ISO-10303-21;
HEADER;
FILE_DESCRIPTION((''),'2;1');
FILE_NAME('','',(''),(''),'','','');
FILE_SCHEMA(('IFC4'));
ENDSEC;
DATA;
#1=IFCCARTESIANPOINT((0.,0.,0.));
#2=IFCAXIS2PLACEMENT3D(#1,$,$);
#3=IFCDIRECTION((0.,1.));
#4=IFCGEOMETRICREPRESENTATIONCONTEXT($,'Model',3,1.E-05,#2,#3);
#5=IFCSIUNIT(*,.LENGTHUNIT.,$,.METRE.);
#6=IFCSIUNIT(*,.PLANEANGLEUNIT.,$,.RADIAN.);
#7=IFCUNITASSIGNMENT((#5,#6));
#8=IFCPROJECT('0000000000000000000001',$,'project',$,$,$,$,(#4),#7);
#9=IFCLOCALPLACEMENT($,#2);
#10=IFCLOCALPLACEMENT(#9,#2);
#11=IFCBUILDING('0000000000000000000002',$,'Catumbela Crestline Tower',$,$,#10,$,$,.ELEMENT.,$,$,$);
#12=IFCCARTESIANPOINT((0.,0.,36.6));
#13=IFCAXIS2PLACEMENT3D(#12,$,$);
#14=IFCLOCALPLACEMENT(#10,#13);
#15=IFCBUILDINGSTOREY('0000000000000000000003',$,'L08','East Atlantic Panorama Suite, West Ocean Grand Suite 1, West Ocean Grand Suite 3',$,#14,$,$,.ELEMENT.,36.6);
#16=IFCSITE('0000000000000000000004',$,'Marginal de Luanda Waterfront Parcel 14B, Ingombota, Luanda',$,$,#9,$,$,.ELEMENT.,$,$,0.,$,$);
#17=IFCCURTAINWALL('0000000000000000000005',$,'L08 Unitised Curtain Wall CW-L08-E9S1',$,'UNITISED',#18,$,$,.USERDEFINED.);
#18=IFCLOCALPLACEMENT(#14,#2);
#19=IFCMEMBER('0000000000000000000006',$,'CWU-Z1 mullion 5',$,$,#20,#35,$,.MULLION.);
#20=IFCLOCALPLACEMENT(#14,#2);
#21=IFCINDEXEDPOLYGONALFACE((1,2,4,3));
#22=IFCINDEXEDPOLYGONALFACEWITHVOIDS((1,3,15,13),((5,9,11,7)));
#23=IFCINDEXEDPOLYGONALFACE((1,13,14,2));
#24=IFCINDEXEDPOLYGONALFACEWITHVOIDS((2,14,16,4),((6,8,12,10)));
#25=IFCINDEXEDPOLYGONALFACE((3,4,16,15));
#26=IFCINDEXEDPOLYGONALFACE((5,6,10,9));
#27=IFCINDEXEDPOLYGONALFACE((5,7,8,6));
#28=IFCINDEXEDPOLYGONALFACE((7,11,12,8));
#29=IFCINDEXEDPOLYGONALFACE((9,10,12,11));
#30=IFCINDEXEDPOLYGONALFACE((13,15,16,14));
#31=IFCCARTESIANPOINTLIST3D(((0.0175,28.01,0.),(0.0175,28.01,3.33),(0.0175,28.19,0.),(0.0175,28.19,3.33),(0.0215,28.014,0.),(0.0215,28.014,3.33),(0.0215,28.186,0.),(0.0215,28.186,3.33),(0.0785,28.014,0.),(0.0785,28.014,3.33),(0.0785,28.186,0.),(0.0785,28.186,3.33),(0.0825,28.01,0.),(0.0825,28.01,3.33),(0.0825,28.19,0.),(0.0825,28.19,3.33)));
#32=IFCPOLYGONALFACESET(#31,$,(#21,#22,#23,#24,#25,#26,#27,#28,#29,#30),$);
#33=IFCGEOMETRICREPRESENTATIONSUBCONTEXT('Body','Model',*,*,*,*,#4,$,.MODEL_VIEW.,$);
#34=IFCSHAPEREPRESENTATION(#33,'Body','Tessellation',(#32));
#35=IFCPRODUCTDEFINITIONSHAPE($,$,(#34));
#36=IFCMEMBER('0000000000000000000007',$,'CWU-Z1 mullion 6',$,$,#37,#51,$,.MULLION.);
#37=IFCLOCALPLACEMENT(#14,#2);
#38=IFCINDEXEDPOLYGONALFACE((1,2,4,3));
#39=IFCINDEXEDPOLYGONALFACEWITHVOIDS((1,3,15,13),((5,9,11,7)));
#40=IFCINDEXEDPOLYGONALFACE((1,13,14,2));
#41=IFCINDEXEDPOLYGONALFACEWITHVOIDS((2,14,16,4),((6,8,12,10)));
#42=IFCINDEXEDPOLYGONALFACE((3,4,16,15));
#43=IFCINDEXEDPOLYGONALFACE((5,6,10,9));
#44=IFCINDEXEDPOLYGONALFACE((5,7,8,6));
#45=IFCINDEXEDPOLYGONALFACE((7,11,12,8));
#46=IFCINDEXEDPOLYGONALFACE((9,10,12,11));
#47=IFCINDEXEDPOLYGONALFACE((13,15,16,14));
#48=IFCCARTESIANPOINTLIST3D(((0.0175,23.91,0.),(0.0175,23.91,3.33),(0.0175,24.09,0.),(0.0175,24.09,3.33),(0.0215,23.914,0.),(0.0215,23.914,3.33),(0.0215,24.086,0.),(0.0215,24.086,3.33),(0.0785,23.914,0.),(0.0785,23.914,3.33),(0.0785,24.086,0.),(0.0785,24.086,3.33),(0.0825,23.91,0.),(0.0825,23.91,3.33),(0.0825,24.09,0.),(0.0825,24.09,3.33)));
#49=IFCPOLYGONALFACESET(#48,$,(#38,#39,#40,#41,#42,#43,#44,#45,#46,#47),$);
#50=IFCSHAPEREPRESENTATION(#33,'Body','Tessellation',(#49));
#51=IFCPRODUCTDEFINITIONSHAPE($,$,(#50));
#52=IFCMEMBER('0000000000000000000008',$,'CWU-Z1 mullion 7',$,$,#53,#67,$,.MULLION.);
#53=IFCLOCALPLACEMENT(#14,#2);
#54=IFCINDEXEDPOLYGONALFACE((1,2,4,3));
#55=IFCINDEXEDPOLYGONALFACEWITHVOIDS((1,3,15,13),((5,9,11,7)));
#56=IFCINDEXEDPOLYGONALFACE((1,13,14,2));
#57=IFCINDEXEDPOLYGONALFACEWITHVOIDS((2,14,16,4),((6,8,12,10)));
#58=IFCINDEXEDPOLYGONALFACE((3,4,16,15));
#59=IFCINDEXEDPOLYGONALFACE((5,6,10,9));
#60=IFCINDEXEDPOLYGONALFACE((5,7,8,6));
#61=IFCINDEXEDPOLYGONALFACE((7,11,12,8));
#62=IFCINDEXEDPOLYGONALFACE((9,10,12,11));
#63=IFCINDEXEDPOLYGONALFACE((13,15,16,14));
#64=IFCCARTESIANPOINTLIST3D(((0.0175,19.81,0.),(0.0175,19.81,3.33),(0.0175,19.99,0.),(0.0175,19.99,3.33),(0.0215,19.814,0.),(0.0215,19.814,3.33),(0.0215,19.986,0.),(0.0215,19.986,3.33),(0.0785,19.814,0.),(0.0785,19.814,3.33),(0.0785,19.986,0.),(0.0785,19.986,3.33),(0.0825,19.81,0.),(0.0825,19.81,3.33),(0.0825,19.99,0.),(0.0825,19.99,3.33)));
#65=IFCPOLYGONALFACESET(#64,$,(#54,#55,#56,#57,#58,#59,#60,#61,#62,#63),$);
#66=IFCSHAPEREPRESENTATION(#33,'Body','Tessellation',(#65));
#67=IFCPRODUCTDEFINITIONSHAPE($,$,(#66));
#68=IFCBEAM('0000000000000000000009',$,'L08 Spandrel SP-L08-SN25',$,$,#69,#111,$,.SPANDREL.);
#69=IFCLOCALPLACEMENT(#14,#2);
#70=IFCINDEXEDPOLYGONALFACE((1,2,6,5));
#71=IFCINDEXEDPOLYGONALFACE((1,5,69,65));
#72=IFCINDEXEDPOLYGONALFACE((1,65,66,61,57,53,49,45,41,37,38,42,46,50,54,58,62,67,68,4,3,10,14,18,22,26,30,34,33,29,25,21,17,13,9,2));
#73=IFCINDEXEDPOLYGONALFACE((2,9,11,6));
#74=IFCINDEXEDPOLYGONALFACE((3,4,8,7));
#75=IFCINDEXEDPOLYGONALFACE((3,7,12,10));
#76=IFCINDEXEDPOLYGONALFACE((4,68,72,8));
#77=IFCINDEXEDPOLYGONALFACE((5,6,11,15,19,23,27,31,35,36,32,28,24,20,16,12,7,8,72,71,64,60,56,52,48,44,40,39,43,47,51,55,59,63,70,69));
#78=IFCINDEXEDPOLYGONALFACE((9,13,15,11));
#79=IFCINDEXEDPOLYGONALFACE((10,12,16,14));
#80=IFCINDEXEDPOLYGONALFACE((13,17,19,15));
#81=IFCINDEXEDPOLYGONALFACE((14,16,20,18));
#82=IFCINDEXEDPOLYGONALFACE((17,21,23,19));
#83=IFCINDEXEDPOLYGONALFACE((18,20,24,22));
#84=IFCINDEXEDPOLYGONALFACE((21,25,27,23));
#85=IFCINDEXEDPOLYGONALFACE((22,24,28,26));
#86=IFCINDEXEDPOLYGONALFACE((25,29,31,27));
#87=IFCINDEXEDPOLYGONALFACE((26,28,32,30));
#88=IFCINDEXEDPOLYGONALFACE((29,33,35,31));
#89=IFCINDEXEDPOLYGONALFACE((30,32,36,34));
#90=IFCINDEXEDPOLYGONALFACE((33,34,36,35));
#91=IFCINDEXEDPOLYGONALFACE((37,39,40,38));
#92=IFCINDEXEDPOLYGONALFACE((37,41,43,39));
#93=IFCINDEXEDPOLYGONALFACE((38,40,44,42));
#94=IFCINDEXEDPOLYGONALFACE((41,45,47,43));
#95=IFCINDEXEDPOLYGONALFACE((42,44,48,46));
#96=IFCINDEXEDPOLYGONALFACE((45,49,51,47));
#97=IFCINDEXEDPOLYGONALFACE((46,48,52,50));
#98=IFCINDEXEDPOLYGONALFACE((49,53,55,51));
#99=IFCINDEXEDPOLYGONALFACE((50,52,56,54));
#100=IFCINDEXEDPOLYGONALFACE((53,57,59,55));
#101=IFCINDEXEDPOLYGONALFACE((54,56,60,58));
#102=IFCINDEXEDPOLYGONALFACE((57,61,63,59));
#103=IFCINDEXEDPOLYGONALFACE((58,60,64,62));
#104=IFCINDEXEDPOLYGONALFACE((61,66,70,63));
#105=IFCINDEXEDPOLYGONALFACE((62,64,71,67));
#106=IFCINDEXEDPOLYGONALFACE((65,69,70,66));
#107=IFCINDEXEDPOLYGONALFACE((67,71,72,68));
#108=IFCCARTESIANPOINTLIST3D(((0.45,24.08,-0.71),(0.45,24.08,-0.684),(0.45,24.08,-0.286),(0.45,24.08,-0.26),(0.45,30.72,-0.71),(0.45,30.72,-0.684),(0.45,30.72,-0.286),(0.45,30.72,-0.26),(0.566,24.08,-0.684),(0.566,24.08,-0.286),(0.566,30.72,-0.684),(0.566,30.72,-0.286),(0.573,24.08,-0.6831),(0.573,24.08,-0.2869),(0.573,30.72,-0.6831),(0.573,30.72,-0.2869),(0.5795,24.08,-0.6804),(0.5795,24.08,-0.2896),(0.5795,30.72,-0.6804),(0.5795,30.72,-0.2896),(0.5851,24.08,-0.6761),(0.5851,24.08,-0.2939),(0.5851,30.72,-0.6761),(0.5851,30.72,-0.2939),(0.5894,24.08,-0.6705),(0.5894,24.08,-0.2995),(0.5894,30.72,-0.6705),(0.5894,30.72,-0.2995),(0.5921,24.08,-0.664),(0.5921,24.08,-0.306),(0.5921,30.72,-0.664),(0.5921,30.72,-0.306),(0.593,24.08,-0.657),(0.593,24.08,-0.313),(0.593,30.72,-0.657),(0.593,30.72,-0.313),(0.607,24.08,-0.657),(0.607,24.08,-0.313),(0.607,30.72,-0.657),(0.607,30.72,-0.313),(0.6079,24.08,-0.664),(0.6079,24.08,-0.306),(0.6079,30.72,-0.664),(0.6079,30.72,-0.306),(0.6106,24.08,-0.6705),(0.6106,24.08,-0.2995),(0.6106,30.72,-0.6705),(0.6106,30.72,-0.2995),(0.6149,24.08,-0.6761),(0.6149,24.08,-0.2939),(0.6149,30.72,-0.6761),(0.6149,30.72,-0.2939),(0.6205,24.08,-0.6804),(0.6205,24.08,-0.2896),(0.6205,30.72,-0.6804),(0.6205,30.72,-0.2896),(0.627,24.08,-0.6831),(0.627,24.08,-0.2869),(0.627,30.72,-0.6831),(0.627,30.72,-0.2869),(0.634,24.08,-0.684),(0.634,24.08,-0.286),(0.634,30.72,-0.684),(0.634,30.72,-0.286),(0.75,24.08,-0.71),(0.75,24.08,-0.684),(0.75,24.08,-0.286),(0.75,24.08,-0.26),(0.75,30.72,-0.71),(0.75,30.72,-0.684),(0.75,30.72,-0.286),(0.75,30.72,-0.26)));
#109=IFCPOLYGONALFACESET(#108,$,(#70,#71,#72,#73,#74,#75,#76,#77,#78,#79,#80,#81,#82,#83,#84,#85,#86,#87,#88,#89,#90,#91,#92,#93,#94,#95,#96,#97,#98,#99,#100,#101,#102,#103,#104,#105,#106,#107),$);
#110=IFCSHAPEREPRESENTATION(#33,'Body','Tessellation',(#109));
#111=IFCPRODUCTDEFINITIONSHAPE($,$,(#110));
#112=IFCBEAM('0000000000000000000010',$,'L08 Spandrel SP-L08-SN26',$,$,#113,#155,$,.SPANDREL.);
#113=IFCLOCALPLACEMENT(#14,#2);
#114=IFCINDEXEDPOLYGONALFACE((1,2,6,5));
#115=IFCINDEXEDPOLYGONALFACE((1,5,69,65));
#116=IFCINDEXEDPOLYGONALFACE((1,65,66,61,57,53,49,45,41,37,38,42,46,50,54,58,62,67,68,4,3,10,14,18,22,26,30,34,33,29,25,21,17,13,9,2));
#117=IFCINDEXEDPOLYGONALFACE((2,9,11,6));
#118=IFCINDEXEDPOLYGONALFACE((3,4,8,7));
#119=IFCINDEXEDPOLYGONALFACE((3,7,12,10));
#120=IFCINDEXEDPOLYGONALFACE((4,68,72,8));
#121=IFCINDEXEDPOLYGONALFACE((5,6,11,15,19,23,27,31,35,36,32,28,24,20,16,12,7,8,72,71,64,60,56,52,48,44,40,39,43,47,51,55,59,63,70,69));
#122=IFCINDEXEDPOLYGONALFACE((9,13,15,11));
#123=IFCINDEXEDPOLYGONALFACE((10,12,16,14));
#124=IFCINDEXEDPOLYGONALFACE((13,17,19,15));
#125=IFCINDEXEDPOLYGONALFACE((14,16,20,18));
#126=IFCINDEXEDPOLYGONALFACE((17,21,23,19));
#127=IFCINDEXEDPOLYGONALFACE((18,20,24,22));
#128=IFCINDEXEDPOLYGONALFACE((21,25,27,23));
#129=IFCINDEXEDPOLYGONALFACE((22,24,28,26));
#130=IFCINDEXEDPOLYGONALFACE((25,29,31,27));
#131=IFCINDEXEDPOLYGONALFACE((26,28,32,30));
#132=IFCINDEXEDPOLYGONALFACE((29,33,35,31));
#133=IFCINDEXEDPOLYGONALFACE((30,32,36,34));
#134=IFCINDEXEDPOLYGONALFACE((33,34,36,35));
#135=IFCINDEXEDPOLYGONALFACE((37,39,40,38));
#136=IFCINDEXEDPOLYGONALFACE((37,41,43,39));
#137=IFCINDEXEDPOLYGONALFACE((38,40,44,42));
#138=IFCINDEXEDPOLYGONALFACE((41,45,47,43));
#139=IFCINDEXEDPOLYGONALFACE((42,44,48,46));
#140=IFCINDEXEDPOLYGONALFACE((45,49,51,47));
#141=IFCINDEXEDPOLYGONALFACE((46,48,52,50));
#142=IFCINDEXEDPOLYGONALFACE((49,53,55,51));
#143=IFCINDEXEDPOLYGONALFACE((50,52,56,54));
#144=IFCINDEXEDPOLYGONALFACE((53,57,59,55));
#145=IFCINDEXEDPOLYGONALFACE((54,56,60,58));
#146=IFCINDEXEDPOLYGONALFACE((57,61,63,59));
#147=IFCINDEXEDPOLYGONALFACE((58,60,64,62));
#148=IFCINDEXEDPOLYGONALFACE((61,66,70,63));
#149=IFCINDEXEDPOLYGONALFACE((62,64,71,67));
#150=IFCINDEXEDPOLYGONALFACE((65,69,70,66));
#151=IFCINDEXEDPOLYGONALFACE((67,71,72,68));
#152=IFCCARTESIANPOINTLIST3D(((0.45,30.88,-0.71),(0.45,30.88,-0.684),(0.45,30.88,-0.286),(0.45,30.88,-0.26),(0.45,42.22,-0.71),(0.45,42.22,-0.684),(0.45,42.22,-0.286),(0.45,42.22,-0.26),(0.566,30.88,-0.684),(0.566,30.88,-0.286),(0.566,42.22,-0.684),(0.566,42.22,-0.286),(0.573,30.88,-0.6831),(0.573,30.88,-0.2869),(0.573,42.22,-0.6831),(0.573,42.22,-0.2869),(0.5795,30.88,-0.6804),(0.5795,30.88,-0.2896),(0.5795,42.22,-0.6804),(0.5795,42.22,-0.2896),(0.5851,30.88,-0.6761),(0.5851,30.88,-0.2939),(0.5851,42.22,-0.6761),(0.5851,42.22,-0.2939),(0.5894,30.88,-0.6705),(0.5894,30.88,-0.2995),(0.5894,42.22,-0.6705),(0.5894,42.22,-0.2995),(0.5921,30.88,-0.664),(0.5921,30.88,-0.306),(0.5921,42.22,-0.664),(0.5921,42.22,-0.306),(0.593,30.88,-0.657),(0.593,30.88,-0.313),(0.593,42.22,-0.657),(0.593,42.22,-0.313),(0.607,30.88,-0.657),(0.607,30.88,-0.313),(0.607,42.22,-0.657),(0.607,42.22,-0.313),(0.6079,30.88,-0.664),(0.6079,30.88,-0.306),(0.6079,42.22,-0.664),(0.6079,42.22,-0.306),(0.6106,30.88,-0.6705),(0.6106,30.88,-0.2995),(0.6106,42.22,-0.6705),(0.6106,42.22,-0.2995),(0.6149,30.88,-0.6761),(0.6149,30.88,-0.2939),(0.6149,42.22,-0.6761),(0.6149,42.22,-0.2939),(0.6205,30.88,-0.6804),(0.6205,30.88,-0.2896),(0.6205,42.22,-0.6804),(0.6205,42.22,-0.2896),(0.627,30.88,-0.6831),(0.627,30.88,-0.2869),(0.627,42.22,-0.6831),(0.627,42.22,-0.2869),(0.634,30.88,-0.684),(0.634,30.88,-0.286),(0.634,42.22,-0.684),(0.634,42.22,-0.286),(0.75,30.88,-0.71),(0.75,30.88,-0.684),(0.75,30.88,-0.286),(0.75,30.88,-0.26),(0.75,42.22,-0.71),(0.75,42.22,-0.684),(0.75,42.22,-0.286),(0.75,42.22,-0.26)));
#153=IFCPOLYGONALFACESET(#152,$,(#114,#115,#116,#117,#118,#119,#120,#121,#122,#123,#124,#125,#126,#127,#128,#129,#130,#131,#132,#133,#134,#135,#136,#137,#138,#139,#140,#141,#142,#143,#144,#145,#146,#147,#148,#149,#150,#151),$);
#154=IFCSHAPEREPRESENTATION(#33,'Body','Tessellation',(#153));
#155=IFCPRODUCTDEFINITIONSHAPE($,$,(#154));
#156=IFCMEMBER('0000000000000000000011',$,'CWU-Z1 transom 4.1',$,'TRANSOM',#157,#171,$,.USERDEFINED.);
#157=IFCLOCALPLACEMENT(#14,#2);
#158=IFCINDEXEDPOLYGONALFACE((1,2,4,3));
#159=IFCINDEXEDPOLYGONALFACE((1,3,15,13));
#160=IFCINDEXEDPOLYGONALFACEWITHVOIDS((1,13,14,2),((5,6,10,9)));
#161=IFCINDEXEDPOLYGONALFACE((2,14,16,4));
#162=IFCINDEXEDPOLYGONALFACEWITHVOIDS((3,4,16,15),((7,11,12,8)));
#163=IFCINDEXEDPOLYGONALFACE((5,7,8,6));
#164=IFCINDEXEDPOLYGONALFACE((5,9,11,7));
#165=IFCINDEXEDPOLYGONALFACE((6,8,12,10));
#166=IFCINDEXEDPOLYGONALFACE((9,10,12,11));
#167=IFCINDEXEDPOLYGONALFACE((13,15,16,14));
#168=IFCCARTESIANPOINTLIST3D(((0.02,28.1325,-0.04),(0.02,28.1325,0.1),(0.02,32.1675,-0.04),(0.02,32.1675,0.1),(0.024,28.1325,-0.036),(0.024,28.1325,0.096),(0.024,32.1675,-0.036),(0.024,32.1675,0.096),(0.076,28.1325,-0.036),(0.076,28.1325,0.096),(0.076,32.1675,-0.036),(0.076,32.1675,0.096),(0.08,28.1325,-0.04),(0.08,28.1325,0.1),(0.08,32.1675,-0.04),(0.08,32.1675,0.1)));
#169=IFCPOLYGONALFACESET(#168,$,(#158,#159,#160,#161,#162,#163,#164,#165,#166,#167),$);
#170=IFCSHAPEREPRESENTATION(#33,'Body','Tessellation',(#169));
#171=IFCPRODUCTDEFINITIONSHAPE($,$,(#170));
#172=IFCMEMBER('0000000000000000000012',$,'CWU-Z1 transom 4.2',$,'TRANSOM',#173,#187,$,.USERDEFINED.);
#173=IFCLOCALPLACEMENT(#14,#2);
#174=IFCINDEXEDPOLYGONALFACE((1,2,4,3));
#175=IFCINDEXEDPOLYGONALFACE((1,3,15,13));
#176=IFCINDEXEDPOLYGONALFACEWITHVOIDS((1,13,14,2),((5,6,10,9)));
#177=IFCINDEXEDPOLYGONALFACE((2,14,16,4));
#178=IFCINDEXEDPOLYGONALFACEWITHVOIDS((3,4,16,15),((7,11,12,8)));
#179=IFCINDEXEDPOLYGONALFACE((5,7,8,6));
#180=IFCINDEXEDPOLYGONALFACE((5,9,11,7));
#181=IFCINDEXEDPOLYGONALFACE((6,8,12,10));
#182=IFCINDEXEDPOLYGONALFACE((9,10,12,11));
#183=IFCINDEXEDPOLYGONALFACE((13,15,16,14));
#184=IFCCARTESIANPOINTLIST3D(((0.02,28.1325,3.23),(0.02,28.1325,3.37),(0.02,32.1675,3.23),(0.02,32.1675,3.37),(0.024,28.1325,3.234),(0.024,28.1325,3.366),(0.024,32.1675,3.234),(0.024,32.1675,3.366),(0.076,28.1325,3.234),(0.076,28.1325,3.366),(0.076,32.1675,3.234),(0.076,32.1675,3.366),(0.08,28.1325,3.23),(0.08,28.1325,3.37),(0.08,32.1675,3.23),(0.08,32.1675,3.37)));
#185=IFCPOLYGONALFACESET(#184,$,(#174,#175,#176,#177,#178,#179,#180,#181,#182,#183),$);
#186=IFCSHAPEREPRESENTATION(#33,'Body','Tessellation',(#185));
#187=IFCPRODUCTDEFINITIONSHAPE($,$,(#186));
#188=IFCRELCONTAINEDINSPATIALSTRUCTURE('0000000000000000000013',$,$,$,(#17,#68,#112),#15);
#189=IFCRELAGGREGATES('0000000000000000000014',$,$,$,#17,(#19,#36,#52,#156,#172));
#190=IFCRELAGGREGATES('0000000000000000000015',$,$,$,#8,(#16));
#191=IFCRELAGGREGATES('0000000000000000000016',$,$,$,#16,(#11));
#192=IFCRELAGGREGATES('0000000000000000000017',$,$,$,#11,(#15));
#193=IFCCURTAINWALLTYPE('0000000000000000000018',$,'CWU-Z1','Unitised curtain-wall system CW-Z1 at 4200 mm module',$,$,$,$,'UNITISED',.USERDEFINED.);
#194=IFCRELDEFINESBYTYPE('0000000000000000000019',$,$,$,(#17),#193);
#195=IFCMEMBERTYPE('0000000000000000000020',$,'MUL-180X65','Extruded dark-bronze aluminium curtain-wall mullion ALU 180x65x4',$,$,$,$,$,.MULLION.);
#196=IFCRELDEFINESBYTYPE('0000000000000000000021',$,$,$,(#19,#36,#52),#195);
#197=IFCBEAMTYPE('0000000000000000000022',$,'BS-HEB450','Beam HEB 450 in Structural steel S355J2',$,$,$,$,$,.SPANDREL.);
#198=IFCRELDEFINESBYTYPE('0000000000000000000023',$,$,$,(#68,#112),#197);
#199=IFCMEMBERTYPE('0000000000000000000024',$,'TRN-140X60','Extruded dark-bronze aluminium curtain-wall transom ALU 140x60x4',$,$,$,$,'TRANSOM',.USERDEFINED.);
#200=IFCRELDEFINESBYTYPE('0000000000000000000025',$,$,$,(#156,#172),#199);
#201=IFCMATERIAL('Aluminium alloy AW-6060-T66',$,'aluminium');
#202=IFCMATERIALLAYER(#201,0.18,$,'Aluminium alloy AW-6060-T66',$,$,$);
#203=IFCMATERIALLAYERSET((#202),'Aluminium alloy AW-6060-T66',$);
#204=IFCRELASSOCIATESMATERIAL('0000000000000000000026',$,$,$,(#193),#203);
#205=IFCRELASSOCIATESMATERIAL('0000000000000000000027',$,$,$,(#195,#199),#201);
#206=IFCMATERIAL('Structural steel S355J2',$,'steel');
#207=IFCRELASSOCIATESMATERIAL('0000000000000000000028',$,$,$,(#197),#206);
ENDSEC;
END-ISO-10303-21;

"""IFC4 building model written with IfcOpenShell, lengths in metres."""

from ifc_helpers import new_model, si_unit, direction, frame, origin, origin_2d, place, context, subcontext, project, spatial, hollow_rectangle, i_section, extrude, material, layer, layer_set, material_profile, profile_set, type_object, element, aggregate, save


model = new_model("IFC4")

# Units and contexts
model_context = context("Model", 3, precision=1e-05, world=origin(), true_north=direction((0.0, 1.0)))
body_context = subcontext(model_context, "Body", "Model", "MODEL_VIEW")
ifc_project = project(units=[si_unit("LENGTHUNIT", "METRE"), si_unit("PLANEANGLEUNIT", "RADIAN")], contexts=[model_context])

# Site, building, storey
site_placement = place(None, origin())
site = spatial("IfcSite", under=ifc_project, at=site_placement, Name="Marginal de Luanda Waterfront Parcel 14B, Ingombota, Luanda", CompositionType="ELEMENT", RefElevation=0.0)
building_placement = place(site_placement, origin())
building = spatial("IfcBuilding", under=site, at=building_placement, Name="Catumbela Crestline Tower", CompositionType="ELEMENT")
storey_placement = place(building_placement, frame((0.0, 0.0, 36.6)))
storey = spatial("IfcBuildingStorey", under=building, at=storey_placement, Name="L08", Description="East Atlantic Panorama Suite, West Ocean Grand Suite 1, West Ocean Grand Suite 3", CompositionType="ELEMENT", Elevation=36.6)

# Shared definitions
ifc_material_1 = material(Name="Structural steel S355J2", Category="steel")

# Curtain wall, members
ifc_material_2 = material(Name="Aluminium alloy AW-6060-T66", Category="aluminium")
ifc_layer_1 = layer(ifc_material_2, 0.18, Name="Aluminium alloy AW-6060-T66")
ifc_layer_set_1 = layer_set([ifc_layer_1], Name="Aluminium alloy AW-6060-T66")
curtain_wall_type = type_object("IfcCurtainWallType", Name="CWU-Z1", Description="Unitised curtain-wall system CW-Z1 at 4200 mm module", ElementType="UNITISED", PredefinedType="USERDEFINED", material=ifc_layer_set_1)
curtain_wall_placement = place(storey_placement, origin())
curtain_wall = element("IfcCurtainWall", 1, at=curtain_wall_placement, inside=storey, type_object=curtain_wall_type, Name="L08 Unitised Curtain Wall CW-L08-E9S1", ObjectType="UNITISED", PredefinedType="USERDEFINED")
ifc_material_profile_1 = material_profile(ifc_material_2, hollow_rectangle(XDim=0.065, YDim=0.18, WallThickness=0.004, at=origin_2d()), Name="ALU 180x65x4")
ifc_profile_set_1 = profile_set([ifc_material_profile_1], Name="Aluminium alloy AW-6060-T66")
member_type_1 = type_object("IfcMemberType", Name="MUL-180X65", Description="Extruded dark-bronze aluminium curtain-wall mullion ALU 180x65x4", PredefinedType="MULLION", material=ifc_profile_set_1)
member_1_placement = place(storey_placement, frame((0.05, 28.1, 0.0), z_axis=(0.0, 0.0, 1.0), x_axis=(1.0, 0.0, 0.0)))
member_1 = element("IfcMember", 2, at=member_1_placement, type_object=member_type_1, Name="CWU-Z1 mullion 5", PredefinedType="MULLION", context=body_context, shape_type="SweptSolid", body=[
    extrude(hollow_rectangle(XDim=0.065, YDim=0.18, WallThickness=0.004, at=origin_2d()), origin(), (0.0, 0.0, 1.0), 3.33),
])
member_2_placement = place(storey_placement, frame((0.05, 24.0, 0.0), z_axis=(0.0, 0.0, 1.0), x_axis=(1.0, 0.0, 0.0)))
member_2 = element("IfcMember", 3, at=member_2_placement, type_object=member_type_1, Name="CWU-Z1 mullion 6", PredefinedType="MULLION", context=body_context, shape_type="SweptSolid", body=[
    extrude(hollow_rectangle(XDim=0.065, YDim=0.18, WallThickness=0.004, at=origin_2d()), origin(), (0.0, 0.0, 1.0), 3.33),
])
member_3_placement = place(storey_placement, frame((0.05, 19.9, 0.0), z_axis=(0.0, 0.0, 1.0), x_axis=(1.0, 0.0, 0.0)))
member_3 = element("IfcMember", 4, at=member_3_placement, type_object=member_type_1, Name="CWU-Z1 mullion 7", PredefinedType="MULLION", context=body_context, shape_type="SweptSolid", body=[
    extrude(hollow_rectangle(XDim=0.065, YDim=0.18, WallThickness=0.004, at=origin_2d()), origin(), (0.0, 0.0, 1.0), 3.33),
])

# Beams
ifc_material_profile_2 = material_profile(ifc_material_1, i_section(OverallWidth=0.3, OverallDepth=0.45, WebThickness=0.014, FlangeThickness=0.026, FilletRadius=0.027, at=origin_2d()), Name="HEB 450")
ifc_profile_set_2 = profile_set([ifc_material_profile_2], Name="Structural steel S355J2")
beam_type_1 = type_object("IfcBeamType", Name="BS-HEB450", Description="Beam HEB 450 in Structural steel S355J2", PredefinedType="SPANDREL", material=ifc_profile_set_2)
beam_1_placement = place(storey_placement, frame((0.6, 24.08, -0.485), z_axis=(0.0, 1.0, 0.0), x_axis=(-1.0, 0.0, 0.0)))
element("IfcBeam", 5, at=beam_1_placement, inside=storey, type_object=beam_type_1, Name="L08 Spandrel SP-L08-SN25", PredefinedType="SPANDREL", context=body_context, shape_type="SweptSolid", body=[
    extrude(i_section(OverallWidth=0.3, OverallDepth=0.45, WebThickness=0.014, FlangeThickness=0.026, FilletRadius=0.027, at=origin_2d()), origin(), (0.0, 0.0, 1.0), 6.64),
])
beam_2_placement = place(storey_placement, frame((0.6, 30.88, -0.485), z_axis=(0.0, 1.0, 0.0), x_axis=(-1.0, 0.0, 0.0)))
element("IfcBeam", 6, at=beam_2_placement, inside=storey, type_object=beam_type_1, Name="L08 Spandrel SP-L08-SN26", PredefinedType="SPANDREL", context=body_context, shape_type="SweptSolid", body=[
    extrude(i_section(OverallWidth=0.3, OverallDepth=0.45, WebThickness=0.014, FlangeThickness=0.026, FilletRadius=0.027, at=origin_2d()), origin(), (0.0, 0.0, 1.0), 11.34),
])

# Members
ifc_material_profile_3 = material_profile(ifc_material_2, hollow_rectangle(XDim=0.06, YDim=0.14, WallThickness=0.004, at=origin_2d()), Name="ALU 140x60x4")
ifc_profile_set_3 = profile_set([ifc_material_profile_3], Name="Aluminium alloy AW-6060-T66")
member_type_2 = type_object("IfcMemberType", Name="TRN-140X60", Description="Extruded dark-bronze aluminium curtain-wall transom ALU 140x60x4", ElementType="TRANSOM", PredefinedType="USERDEFINED", material=ifc_profile_set_3)
member_4_placement = place(storey_placement, frame((0.05, 32.1675, 0.03), z_axis=(0.0, -1.0, 0.0), x_axis=(1.0, 0.0, 0.0)))
member_4 = element("IfcMember", 7, at=member_4_placement, type_object=member_type_2, Name="CWU-Z1 transom 4.1", ObjectType="TRANSOM", PredefinedType="USERDEFINED", context=body_context, shape_type="SweptSolid", body=[
    extrude(hollow_rectangle(XDim=0.06, YDim=0.14, WallThickness=0.004, at=origin_2d()), origin(), (0.0, 0.0, 1.0), 4.035),
])
member_5_placement = place(storey_placement, frame((0.05, 32.1675, 3.3), z_axis=(0.0, -1.0, 0.0), x_axis=(1.0, 0.0, 0.0)))
member_5 = element("IfcMember", 8, at=member_5_placement, type_object=member_type_2, Name="CWU-Z1 transom 4.2", ObjectType="TRANSOM", PredefinedType="USERDEFINED", context=body_context, shape_type="SweptSolid", body=[
    extrude(hollow_rectangle(XDim=0.06, YDim=0.14, WallThickness=0.004, at=origin_2d()), origin(), (0.0, 0.0, 1.0), 4.035),
])

aggregate(curtain_wall, [member_1, member_2, member_3, member_4, member_5])

save(model, "model.ifc")
